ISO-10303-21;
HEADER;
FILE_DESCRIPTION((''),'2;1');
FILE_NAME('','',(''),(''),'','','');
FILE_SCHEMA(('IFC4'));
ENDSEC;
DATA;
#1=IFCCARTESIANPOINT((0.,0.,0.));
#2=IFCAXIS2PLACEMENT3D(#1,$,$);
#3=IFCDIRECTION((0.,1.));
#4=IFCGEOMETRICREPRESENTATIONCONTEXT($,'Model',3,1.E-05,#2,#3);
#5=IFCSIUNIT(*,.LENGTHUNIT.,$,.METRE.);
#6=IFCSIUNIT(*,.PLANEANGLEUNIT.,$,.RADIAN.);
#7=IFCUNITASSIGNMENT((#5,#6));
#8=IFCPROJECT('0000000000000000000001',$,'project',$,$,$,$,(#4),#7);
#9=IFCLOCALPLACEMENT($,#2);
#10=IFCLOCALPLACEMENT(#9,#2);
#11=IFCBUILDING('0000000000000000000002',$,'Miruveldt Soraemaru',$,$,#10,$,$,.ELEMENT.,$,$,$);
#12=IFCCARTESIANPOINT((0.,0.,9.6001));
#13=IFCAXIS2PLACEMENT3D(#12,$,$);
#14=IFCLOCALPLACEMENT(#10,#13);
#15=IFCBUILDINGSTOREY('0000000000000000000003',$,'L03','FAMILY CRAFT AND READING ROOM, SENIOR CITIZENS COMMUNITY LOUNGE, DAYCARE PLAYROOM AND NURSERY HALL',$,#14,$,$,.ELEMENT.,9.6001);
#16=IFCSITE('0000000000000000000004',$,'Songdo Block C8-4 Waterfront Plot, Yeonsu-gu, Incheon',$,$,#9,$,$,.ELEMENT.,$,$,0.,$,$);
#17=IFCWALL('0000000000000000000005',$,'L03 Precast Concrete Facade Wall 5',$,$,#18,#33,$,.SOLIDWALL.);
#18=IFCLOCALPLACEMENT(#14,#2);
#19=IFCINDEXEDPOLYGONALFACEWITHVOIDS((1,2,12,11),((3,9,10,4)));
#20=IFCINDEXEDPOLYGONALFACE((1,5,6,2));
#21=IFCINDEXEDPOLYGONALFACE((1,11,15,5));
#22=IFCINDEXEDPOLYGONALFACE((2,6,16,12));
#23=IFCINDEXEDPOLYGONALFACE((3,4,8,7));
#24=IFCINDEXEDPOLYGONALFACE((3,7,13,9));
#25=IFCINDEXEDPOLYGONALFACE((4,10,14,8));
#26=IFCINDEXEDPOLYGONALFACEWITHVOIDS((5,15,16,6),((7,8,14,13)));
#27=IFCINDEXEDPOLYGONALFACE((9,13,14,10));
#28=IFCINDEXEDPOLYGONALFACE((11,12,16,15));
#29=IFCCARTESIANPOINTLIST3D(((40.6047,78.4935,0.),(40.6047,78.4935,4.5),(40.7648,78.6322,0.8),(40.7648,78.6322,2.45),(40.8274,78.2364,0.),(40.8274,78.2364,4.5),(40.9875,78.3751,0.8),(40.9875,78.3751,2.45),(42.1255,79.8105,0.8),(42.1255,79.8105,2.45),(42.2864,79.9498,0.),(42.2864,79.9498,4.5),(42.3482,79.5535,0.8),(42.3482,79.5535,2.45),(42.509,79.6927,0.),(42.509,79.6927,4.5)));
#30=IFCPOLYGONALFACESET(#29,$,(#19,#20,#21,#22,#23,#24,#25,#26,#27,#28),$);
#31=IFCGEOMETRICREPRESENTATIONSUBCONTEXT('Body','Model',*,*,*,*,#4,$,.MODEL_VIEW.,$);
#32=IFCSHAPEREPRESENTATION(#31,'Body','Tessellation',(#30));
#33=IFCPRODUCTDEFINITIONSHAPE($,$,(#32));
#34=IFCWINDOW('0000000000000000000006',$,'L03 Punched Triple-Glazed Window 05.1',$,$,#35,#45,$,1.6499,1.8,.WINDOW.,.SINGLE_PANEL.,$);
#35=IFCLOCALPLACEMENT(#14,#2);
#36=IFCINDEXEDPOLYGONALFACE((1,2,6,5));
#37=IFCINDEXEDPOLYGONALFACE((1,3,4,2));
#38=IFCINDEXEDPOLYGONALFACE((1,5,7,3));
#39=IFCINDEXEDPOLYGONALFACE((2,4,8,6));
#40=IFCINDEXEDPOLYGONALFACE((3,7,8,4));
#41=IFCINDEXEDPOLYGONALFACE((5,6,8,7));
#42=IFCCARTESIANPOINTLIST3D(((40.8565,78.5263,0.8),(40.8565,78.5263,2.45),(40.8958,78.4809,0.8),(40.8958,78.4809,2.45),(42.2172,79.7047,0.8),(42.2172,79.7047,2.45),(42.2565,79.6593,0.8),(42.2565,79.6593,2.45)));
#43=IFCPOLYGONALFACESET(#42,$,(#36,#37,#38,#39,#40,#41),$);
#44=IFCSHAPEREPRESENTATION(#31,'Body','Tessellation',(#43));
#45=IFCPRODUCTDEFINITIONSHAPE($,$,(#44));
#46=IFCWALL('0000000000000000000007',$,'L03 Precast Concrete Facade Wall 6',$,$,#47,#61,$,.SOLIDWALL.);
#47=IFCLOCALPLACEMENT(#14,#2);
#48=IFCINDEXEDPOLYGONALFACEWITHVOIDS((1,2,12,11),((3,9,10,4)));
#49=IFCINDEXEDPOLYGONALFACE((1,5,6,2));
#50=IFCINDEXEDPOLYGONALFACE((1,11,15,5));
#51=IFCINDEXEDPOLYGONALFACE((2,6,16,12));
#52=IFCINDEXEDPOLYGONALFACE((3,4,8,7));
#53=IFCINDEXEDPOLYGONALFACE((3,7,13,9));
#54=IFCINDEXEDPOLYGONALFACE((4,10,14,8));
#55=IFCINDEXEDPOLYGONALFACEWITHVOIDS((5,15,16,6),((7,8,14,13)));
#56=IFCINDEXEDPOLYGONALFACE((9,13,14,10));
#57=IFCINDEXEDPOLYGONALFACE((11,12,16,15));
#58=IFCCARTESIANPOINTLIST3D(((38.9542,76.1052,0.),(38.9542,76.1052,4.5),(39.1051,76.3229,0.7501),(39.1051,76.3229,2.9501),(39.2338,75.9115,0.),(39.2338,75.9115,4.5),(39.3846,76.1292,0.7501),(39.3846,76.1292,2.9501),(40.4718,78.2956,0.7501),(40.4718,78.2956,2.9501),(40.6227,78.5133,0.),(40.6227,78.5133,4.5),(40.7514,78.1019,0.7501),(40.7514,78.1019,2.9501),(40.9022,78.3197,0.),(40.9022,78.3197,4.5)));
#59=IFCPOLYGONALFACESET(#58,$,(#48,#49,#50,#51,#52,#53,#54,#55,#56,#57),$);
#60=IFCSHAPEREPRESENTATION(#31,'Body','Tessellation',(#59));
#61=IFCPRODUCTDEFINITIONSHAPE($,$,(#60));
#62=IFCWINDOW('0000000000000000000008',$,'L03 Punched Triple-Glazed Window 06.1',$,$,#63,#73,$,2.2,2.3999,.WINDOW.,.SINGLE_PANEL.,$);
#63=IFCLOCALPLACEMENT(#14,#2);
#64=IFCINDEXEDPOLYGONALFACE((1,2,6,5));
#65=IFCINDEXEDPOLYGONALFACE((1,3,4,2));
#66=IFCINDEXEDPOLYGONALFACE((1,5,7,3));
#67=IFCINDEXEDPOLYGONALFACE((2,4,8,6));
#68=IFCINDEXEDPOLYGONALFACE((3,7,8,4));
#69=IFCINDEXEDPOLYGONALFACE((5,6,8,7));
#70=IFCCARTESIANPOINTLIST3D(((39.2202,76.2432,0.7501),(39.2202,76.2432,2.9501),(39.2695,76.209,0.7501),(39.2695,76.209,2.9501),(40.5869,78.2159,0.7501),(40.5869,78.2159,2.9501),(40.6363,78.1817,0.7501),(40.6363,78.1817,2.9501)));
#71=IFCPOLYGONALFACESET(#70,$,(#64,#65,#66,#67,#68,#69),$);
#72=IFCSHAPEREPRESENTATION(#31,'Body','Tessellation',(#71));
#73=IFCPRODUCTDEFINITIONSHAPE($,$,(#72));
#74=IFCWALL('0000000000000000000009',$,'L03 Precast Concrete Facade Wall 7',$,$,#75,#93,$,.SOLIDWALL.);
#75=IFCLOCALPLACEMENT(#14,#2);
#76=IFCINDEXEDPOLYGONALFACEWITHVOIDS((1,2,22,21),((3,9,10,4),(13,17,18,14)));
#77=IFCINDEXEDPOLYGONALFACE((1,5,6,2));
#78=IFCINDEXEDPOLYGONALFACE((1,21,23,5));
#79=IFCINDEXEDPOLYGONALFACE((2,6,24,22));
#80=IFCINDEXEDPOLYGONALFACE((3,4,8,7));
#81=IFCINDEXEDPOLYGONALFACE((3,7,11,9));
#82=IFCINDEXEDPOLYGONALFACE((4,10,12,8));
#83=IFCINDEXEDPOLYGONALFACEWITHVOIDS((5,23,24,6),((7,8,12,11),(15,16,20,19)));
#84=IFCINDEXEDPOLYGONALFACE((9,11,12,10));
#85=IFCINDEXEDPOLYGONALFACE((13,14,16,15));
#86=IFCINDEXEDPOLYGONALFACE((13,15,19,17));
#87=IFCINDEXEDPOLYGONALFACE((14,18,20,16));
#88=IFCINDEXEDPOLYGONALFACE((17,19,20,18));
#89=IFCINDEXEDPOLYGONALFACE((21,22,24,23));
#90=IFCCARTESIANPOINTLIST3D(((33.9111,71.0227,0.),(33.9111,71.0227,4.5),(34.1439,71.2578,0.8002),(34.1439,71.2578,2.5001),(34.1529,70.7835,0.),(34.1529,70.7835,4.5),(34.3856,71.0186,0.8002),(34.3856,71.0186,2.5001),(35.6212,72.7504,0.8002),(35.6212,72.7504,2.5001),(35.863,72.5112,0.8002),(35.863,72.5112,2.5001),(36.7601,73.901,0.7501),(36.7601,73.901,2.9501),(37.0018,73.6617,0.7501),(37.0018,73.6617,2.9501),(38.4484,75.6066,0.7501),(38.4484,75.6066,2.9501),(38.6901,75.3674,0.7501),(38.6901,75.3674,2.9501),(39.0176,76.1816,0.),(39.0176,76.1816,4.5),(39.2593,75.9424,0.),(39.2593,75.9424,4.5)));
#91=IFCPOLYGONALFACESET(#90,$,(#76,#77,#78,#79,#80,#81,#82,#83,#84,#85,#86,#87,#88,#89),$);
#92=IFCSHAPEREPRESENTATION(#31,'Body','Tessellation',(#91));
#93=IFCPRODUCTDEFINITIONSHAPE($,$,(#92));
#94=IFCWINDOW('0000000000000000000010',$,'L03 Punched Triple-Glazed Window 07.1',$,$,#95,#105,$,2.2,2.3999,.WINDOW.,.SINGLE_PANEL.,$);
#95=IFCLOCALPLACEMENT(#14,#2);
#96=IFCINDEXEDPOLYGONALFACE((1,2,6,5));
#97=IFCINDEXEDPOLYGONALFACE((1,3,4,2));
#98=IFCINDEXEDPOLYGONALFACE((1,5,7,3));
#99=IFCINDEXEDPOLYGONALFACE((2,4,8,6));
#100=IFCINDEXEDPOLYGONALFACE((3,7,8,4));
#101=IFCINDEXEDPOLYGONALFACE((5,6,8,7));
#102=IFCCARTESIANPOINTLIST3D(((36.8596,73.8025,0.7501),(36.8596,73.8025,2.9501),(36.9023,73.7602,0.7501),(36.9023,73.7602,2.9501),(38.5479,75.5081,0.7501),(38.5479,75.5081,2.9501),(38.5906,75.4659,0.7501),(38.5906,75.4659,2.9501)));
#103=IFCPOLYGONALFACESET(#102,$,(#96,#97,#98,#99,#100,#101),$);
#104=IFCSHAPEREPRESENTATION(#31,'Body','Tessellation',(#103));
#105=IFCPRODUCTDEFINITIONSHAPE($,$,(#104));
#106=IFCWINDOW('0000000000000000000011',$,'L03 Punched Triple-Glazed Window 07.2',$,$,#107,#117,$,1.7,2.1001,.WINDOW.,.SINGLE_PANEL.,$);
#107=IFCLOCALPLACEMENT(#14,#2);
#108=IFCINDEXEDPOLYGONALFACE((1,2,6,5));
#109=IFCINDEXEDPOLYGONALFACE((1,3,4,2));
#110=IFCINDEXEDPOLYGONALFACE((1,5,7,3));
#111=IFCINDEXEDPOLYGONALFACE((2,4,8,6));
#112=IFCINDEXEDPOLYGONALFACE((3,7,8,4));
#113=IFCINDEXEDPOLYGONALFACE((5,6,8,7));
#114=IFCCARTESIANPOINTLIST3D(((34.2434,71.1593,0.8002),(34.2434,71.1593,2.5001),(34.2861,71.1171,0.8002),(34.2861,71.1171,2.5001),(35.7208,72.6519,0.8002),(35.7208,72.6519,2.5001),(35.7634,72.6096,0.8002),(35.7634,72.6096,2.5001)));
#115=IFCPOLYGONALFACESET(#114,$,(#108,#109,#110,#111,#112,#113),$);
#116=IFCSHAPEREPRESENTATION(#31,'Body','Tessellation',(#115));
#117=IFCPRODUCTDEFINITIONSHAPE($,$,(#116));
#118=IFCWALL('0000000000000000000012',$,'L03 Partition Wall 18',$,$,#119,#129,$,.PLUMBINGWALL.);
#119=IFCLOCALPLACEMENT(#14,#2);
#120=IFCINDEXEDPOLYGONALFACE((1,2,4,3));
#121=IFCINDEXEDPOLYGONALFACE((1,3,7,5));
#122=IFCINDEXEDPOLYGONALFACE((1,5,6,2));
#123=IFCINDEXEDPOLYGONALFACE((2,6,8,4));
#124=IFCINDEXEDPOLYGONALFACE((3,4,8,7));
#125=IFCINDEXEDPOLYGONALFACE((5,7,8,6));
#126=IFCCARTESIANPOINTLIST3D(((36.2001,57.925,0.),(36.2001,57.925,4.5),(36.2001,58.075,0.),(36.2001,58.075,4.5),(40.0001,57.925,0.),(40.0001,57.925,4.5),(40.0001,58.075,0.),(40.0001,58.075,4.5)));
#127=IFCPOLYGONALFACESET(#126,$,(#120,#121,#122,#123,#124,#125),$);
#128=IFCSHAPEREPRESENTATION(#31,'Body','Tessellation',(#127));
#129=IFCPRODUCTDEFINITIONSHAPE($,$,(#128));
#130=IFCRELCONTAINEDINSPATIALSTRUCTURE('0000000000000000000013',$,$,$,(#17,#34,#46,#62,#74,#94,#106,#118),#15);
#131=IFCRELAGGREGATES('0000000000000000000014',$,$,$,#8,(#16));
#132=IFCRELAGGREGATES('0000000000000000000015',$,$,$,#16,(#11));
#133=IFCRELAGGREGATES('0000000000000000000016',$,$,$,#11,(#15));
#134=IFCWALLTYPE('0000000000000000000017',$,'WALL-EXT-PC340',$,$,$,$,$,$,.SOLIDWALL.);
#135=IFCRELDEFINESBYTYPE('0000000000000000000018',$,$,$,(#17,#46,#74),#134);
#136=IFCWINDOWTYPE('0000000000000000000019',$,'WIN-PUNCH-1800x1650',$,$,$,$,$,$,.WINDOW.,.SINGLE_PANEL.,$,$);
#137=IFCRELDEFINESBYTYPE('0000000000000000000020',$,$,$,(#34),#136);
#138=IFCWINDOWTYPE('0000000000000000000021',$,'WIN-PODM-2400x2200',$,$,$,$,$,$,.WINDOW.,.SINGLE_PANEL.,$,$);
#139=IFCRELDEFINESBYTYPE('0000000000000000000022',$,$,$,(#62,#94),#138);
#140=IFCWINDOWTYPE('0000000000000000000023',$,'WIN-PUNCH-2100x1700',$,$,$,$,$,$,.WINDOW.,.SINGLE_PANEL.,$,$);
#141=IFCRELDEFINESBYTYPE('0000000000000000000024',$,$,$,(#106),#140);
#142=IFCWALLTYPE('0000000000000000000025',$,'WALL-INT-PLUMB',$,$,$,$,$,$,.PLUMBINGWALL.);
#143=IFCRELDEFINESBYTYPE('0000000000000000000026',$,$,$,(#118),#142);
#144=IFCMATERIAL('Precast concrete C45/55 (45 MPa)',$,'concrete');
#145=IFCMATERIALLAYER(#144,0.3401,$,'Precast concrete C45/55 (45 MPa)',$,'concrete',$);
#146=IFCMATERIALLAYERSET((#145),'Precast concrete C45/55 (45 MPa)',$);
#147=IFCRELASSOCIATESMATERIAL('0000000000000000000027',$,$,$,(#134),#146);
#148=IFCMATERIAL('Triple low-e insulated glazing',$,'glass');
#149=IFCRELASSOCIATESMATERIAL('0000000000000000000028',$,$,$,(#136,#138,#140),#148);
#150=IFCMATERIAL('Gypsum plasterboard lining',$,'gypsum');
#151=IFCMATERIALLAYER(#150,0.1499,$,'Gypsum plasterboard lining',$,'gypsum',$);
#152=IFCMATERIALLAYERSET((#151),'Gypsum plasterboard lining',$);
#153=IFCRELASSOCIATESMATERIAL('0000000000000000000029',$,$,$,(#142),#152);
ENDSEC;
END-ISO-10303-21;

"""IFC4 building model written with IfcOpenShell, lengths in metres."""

from ifc_helpers import new_model, si_unit, direction, frame, frame_2d, origin, place, context, subcontext, project, spatial, rectangle, extrude, material, layer, layer_set, type_object, element, fill, save


model = new_model("IFC4")

# Units and contexts
model_context = context("Model", 3, precision=1e-05, world=origin(), true_north=direction((0.0, 1.0)))
body_context = subcontext(model_context, "Body", "Model", "MODEL_VIEW")
ifc_project = project(units=[si_unit("LENGTHUNIT", "METRE"), si_unit("PLANEANGLEUNIT", "RADIAN")], contexts=[model_context])

# Site, building, storey
site_placement = place(None, origin())
site = spatial("IfcSite", under=ifc_project, at=site_placement, Name="Songdo Block C8-4 Waterfront Plot, Yeonsu-gu, Incheon", CompositionType="ELEMENT", RefElevation=0.0)
building_placement = place(site_placement, origin())
building = spatial("IfcBuilding", under=site, at=building_placement, Name="Miruveldt Soraemaru", CompositionType="ELEMENT")
storey_placement = place(building_placement, frame((0.0, 0.0, 9.6001)))
storey = spatial("IfcBuildingStorey", under=building, at=storey_placement, Name="L03", Description="FAMILY CRAFT AND READING ROOM, SENIOR CITIZENS COMMUNITY LOUNGE, DAYCARE PLAYROOM AND NURSERY HALL", CompositionType="ELEMENT", Elevation=9.6001)

# Walls, openings, windows
ifc_material_1 = material(Name="Precast concrete C45/55 (45 MPa)", Category="concrete")
ifc_layer_1 = layer(ifc_material_1, 0.3401, Name="Precast concrete C45/55 (45 MPa)", Category="concrete")
ifc_layer_set_1 = layer_set([ifc_layer_1], Name="Precast concrete C45/55 (45 MPa)")
wall_type_1 = type_object("IfcWallType", Name="WALL-EXT-PC340", PredefinedType="SOLIDWALL", material=ifc_layer_set_1)
wall_1_placement = place(storey_placement, frame((42.3977, 79.8213, 0.0), z_axis=(0.0, 0.0, 1.0), x_axis=(-0.755939, -0.654642, 0.0)))
wall_1 = element("IfcWall", 1, at=wall_1_placement, inside=storey, type_object=wall_type_1, Name="L03 Precast Concrete Facade Wall 5", PredefinedType="SOLIDWALL", context=body_context, shape_type="SweptSolid", body=[
    extrude(rectangle(XDim=2.2246, YDim=0.3401, at=frame_2d((1.1123, 0.0))), origin(), (0.0, 0.0, 1.0), 4.5),
])
opening_1_placement = place(wall_1_placement, frame((0.2129, 0.0, 0.8)))
opening_1 = element("IfcOpeningElement", 2, at=opening_1_placement, cuts=wall_1, PredefinedType="OPENING", context=body_context, shape_type="SweptSolid", body=[
    extrude(rectangle(XDim=1.8, YDim=1.6499, at=frame_2d((0.8999, 0.825))), frame((0.0, 0.1802, 0.0), z_axis=(0.0, -1.0, 0.0), x_axis=(1.0, 0.0, 0.0)), (0.0, 0.0, 1.0), 0.3601),
])
ifc_material_2 = material(Name="Triple low-e insulated glazing", Category="glass")
window_type_1 = type_object("IfcWindowType", Name="WIN-PUNCH-1800x1650", PartitioningType="SINGLE_PANEL", PredefinedType="WINDOW", material=ifc_material_2)
window_1_placement = place(opening_1_placement, origin())
window_1 = element("IfcWindow", 3, at=window_1_placement, inside=storey, type_object=window_type_1, Name="L03 Punched Triple-Glazed Window 05.1", OverallHeight=1.6499, OverallWidth=1.8, PartitioningType="SINGLE_PANEL", PredefinedType="WINDOW", context=body_context, shape_type="SweptSolid", body=[
    extrude(rectangle(XDim=1.8, YDim=1.6499, at=frame_2d((0.8999, 0.825))), frame((0.0, 0.03, 0.0), z_axis=(0.0, -1.0, 0.0), x_axis=(1.0, 0.0, 0.0)), (0.0, 0.0, 1.0), 0.0601),
])
fill(opening_1, window_1)
wall_2_placement = place(storey_placement, frame((40.7625, 78.4165, 0.0), z_axis=(0.0, 0.0, 1.0), x_axis=(-0.569496, -0.821994, 0.0)))
wall_2 = element("IfcWall", 4, at=wall_2_placement, inside=storey, type_object=wall_type_1, Name="L03 Precast Concrete Facade Wall 6", PredefinedType="SOLIDWALL", context=body_context, shape_type="SweptSolid", body=[
    extrude(rectangle(XDim=2.9297, YDim=0.3401, at=frame_2d((1.4648, 0.0))), origin(), (0.0, 0.0, 1.0), 4.5),
])
opening_2_placement = place(wall_2_placement, frame((0.2649, 0.0, 0.75)))
opening_2 = element("IfcOpeningElement", 5, at=opening_2_placement, cuts=wall_2, PredefinedType="OPENING", context=body_context, shape_type="SweptSolid", body=[
    extrude(rectangle(XDim=2.3999, YDim=2.2, at=frame_2d((1.2, 1.1001))), frame((0.0, 0.1802, 0.0), z_axis=(0.0, -1.0, 0.0), x_axis=(1.0, 0.0, 0.0)), (0.0, 0.0, 1.0), 0.3601),
])
window_type_2 = type_object("IfcWindowType", Name="WIN-PODM-2400x2200", PartitioningType="SINGLE_PANEL", PredefinedType="WINDOW", material=ifc_material_2)
window_2_placement = place(opening_2_placement, origin())
window_2 = element("IfcWindow", 6, at=window_2_placement, inside=storey, type_object=window_type_2, Name="L03 Punched Triple-Glazed Window 06.1", OverallHeight=2.2, OverallWidth=2.3999, PartitioningType="SINGLE_PANEL", PredefinedType="WINDOW", context=body_context, shape_type="SweptSolid", body=[
    extrude(rectangle(XDim=2.3999, YDim=2.2, at=frame_2d((1.2, 1.1001))), frame((0.0, 0.03, 0.0), z_axis=(0.0, -1.0, 0.0), x_axis=(1.0, 0.0, 0.0)), (0.0, 0.0, 1.0), 0.0601),
])
fill(opening_2, window_2)

# Wall, openings, windows
wall_3_placement = place(storey_placement, frame((39.1384, 76.062, 0.0), z_axis=(0.0, 0.0, 1.0), x_axis=(-0.703482, -0.710713, 0.0)))
wall_3 = element("IfcWall", 7, at=wall_3_placement, inside=storey, type_object=wall_type_1, Name="L03 Precast Concrete Facade Wall 7", PredefinedType="SOLIDWALL", context=body_context, shape_type="SweptSolid", body=[
    extrude(rectangle(XDim=7.2588, YDim=0.3401, at=frame_2d((3.6294, 0.0))), origin(), (0.0, 0.0, 1.0), 4.5),
])
opening_3_placement = place(wall_3_placement, frame((0.8091, 0.0, 0.75)))
opening_3 = element("IfcOpeningElement", 8, at=opening_3_placement, cuts=wall_3, PredefinedType="OPENING", context=body_context, shape_type="SweptSolid", body=[
    extrude(rectangle(XDim=2.3999, YDim=2.2, at=frame_2d((1.2, 1.1001))), frame((0.0, 0.1802, 0.0), z_axis=(0.0, -1.0, 0.0), x_axis=(1.0, 0.0, 0.0)), (0.0, 0.0, 1.0), 0.3601),
])
opening_4_placement = place(wall_3_placement, frame((4.8279, 0.0, 0.8)))
opening_4 = element("IfcOpeningElement", 9, at=opening_4_placement, cuts=wall_3, PredefinedType="OPENING", context=body_context, shape_type="SweptSolid", body=[
    extrude(rectangle(XDim=2.1001, YDim=1.7, at=frame_2d((1.05, 0.8501))), frame((0.0, 0.1802, 0.0), z_axis=(0.0, -1.0, 0.0), x_axis=(1.0, 0.0, 0.0)), (0.0, 0.0, 1.0), 0.3601),
])
window_3_placement = place(opening_3_placement, origin())
window_3 = element("IfcWindow", 10, at=window_3_placement, inside=storey, type_object=window_type_2, Name="L03 Punched Triple-Glazed Window 07.1", OverallHeight=2.2, OverallWidth=2.3999, PartitioningType="SINGLE_PANEL", PredefinedType="WINDOW", context=body_context, shape_type="SweptSolid", body=[
    extrude(rectangle(XDim=2.3999, YDim=2.2, at=frame_2d((1.2, 1.1001))), frame((0.0, 0.03, 0.0), z_axis=(0.0, -1.0, 0.0), x_axis=(1.0, 0.0, 0.0)), (0.0, 0.0, 1.0), 0.0601),
])
fill(opening_3, window_3)
window_type_3 = type_object("IfcWindowType", Name="WIN-PUNCH-2100x1700", PartitioningType="SINGLE_PANEL", PredefinedType="WINDOW", material=ifc_material_2)
window_4_placement = place(opening_4_placement, origin())
window_4 = element("IfcWindow", 11, at=window_4_placement, inside=storey, type_object=window_type_3, Name="L03 Punched Triple-Glazed Window 07.2", OverallHeight=1.7, OverallWidth=2.1001, PartitioningType="SINGLE_PANEL", PredefinedType="WINDOW", context=body_context, shape_type="SweptSolid", body=[
    extrude(rectangle(XDim=2.1001, YDim=1.7, at=frame_2d((1.05, 0.8501))), frame((0.0, 0.03, 0.0), z_axis=(0.0, -1.0, 0.0), x_axis=(1.0, 0.0, 0.0)), (0.0, 0.0, 1.0), 0.0601),
])
fill(opening_4, window_4)

# Wall
ifc_material_3 = material(Name="Gypsum plasterboard lining", Category="gypsum")
ifc_layer_2 = layer(ifc_material_3, 0.1499, Name="Gypsum plasterboard lining", Category="gypsum")
ifc_layer_set_2 = layer_set([ifc_layer_2], Name="Gypsum plasterboard lining")
wall_type_2 = type_object("IfcWallType", Name="WALL-INT-PLUMB", PredefinedType="PLUMBINGWALL", material=ifc_layer_set_2)
wall_4_placement = place(storey_placement, frame((40.0, 58.0, 0.0), z_axis=(0.0, 0.0, 1.0), x_axis=(-1.0, 0.0, 0.0)))
element("IfcWall", 12, at=wall_4_placement, inside=storey, type_object=wall_type_2, Name="L03 Partition Wall 18", PredefinedType="PLUMBINGWALL", context=body_context, shape_type="SweptSolid", body=[
    extrude(rectangle(XDim=3.8, YDim=0.1499, at=frame_2d((1.8999, 0.0))), origin(), (0.0, 0.0, 1.0), 4.5),
])

save(model, "model.ifc")
